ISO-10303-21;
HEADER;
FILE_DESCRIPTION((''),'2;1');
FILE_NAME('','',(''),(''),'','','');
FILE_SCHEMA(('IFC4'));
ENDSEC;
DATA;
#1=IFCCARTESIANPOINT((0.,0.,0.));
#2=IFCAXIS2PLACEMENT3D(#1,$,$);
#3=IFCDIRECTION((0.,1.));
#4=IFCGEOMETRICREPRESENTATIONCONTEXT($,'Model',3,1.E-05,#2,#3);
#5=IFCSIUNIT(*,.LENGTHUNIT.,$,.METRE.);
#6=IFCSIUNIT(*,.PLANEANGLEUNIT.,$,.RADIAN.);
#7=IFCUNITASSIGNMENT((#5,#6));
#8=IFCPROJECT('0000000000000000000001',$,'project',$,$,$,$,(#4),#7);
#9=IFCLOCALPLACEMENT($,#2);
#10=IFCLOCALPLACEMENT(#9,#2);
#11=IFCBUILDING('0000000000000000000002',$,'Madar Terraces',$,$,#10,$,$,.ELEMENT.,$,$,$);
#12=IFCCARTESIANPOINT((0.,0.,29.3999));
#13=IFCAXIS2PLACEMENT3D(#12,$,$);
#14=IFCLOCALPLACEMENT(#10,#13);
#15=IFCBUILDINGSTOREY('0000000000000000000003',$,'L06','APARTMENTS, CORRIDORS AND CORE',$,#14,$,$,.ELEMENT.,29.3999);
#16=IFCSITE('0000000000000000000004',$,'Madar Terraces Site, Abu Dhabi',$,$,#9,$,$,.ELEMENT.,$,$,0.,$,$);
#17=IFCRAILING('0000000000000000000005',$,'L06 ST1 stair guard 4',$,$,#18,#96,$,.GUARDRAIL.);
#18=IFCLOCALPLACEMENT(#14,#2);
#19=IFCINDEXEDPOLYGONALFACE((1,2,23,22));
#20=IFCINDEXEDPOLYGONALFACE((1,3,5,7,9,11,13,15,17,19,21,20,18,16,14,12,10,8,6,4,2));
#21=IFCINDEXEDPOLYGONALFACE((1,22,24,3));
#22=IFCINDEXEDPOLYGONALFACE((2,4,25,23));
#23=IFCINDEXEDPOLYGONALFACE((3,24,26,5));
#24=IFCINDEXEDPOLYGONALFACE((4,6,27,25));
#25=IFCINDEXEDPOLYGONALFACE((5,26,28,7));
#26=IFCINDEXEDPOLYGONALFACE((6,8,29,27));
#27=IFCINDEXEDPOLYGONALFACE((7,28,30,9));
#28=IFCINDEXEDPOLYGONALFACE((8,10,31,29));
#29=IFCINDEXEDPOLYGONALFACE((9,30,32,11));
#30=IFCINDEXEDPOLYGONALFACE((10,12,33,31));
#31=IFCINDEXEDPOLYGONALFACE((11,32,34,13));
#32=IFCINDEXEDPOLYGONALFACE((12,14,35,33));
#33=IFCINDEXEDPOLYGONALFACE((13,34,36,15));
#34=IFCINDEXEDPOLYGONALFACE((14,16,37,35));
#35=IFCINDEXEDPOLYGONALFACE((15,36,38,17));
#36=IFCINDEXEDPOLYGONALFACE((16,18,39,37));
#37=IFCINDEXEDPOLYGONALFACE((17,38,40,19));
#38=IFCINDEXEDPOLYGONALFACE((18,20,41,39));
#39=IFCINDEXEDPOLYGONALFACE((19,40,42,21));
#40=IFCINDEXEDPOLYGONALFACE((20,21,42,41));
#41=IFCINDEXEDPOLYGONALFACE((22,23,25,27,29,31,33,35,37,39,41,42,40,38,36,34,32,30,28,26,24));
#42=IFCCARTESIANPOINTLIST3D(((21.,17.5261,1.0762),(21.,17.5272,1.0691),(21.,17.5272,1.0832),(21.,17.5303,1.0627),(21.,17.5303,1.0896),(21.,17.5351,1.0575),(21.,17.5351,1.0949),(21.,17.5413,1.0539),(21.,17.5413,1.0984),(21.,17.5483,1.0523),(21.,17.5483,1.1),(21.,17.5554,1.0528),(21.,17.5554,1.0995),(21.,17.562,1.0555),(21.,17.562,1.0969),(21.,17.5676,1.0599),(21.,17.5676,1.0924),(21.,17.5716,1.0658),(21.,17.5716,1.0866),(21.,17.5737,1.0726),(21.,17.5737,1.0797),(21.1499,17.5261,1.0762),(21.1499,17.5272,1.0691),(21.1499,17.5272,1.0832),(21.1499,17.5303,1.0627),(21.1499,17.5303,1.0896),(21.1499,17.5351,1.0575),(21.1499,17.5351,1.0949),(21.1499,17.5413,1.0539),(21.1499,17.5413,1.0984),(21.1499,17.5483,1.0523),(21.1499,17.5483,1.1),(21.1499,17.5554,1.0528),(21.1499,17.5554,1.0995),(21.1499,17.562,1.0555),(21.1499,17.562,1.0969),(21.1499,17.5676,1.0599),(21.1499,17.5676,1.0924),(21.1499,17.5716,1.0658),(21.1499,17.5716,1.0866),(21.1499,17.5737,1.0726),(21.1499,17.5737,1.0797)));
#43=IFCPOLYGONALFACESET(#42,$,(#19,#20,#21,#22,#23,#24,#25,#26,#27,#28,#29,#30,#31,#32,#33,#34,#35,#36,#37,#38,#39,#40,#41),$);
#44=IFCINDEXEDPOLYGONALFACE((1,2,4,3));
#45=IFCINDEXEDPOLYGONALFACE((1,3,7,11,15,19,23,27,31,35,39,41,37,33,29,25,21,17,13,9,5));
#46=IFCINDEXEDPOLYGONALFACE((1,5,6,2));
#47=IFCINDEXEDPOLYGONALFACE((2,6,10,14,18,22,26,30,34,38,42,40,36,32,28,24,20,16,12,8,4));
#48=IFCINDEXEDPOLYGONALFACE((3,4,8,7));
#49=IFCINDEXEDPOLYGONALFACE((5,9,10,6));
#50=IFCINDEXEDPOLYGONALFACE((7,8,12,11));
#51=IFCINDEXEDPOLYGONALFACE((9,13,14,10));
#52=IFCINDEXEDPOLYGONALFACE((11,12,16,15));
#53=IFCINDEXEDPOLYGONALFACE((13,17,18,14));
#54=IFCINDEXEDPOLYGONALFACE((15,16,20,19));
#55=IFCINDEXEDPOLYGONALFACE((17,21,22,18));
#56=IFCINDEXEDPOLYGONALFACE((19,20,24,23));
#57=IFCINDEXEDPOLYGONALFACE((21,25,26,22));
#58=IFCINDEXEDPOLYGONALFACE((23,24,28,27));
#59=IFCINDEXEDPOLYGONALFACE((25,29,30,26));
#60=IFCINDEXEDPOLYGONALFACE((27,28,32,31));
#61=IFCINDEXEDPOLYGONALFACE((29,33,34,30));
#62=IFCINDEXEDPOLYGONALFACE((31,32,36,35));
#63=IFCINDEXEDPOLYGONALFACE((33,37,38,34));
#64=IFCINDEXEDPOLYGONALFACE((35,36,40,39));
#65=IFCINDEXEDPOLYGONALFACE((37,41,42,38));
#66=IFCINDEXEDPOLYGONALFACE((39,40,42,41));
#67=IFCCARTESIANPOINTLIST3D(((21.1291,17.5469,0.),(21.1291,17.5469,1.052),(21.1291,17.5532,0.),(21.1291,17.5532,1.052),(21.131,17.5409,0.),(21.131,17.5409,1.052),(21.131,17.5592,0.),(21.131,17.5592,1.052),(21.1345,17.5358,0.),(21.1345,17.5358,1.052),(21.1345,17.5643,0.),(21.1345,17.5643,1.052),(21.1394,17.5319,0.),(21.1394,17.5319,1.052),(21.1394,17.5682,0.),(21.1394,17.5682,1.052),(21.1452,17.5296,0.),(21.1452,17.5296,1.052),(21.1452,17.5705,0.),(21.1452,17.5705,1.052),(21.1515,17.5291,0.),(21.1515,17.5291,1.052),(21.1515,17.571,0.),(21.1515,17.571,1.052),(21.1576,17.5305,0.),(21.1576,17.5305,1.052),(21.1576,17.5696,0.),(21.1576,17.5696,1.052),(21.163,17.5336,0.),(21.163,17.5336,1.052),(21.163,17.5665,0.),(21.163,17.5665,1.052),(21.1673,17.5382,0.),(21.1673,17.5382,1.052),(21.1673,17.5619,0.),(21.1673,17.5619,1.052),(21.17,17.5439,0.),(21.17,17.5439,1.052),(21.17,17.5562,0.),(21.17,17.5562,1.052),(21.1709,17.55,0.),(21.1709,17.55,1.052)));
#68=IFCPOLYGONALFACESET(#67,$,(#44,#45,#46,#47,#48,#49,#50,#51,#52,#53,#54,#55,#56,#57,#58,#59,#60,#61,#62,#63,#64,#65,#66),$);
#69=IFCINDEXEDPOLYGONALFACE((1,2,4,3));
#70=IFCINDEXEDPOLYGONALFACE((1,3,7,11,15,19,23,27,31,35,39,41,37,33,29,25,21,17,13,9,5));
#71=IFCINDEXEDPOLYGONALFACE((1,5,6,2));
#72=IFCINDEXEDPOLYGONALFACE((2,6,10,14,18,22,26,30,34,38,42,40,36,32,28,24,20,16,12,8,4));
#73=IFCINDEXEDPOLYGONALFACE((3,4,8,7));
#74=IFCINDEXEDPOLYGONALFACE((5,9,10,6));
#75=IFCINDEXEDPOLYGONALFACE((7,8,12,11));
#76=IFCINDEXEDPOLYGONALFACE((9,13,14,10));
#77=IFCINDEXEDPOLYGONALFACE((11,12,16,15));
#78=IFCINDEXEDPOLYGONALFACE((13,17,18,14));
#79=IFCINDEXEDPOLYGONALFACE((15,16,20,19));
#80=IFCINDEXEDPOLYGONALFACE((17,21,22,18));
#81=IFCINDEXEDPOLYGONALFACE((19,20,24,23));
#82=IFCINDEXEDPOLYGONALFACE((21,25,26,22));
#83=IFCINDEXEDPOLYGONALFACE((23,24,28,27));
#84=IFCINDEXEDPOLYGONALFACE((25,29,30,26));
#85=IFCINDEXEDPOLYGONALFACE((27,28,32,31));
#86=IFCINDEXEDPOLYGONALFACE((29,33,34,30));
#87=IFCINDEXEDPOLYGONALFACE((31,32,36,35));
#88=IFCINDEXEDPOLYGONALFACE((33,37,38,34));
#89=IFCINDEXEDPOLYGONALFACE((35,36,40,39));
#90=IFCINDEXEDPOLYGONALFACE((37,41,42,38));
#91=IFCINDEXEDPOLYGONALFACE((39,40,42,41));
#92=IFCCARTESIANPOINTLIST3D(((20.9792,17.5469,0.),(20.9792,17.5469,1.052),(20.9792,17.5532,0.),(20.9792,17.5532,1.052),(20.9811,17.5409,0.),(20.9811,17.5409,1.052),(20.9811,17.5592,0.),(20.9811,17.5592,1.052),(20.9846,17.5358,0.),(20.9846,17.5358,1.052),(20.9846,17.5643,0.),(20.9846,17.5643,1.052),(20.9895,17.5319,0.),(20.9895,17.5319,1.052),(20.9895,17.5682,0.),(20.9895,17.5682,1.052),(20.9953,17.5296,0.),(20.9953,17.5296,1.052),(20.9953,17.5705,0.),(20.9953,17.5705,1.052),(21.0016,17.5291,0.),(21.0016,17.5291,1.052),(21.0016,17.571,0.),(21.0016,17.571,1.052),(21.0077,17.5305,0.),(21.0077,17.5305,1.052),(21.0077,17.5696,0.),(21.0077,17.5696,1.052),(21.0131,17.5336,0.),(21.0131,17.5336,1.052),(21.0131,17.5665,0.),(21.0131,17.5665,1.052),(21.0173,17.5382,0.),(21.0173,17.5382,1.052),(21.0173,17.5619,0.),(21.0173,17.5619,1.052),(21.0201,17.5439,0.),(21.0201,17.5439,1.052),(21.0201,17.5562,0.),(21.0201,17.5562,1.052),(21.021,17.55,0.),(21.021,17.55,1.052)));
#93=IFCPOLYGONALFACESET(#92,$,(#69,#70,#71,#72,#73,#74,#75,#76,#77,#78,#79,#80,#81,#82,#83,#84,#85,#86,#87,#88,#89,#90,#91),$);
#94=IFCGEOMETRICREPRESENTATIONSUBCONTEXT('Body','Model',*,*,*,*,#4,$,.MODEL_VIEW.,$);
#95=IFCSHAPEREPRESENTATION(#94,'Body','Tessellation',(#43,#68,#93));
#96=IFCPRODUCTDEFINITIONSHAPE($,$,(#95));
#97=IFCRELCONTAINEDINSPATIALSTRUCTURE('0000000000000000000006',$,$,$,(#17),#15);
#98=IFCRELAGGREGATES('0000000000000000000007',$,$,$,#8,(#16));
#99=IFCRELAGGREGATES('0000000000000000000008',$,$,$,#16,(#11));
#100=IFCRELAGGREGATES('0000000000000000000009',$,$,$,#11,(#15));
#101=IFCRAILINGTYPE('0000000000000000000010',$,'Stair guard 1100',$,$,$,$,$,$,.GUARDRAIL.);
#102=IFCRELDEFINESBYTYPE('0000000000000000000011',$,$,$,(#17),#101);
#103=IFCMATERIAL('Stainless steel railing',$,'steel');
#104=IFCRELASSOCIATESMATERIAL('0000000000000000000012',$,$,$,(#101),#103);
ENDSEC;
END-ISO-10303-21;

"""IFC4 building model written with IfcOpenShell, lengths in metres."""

from ifc_helpers import new_model, si_unit, direction, frame, origin, origin_2d, place, context, subcontext, project, spatial, circle, extrude, material, type_object, element, save


model = new_model("IFC4")

# Units and contexts
model_context = context("Model", 3, precision=1e-05, world=origin(), true_north=direction((0.0, 1.0)))
body_context = subcontext(model_context, "Body", "Model", "MODEL_VIEW")
ifc_project = project(units=[si_unit("LENGTHUNIT", "METRE"), si_unit("PLANEANGLEUNIT", "RADIAN")], contexts=[model_context])

# Site, building, storey
site_placement = place(None, origin())
site = spatial("IfcSite", under=ifc_project, at=site_placement, Name="Madar Terraces Site, Abu Dhabi", CompositionType="ELEMENT", RefElevation=0.0)
building_placement = place(site_placement, origin())
building = spatial("IfcBuilding", under=site, at=building_placement, Name="Madar Terraces", CompositionType="ELEMENT")
storey_placement = place(building_placement, frame((0.0, 0.0, 29.3999)))
storey = spatial("IfcBuildingStorey", under=building, at=storey_placement, Name="L06", Description="APARTMENTS, CORRIDORS AND CORE", CompositionType="ELEMENT", Elevation=29.3999)

# Railing
ifc_material_1 = material(Name="Stainless steel railing", Category="steel")
railing_type_1 = type_object("IfcRailingType", Name="Stair guard 1100", PredefinedType="GUARDRAIL", material=ifc_material_1)
railing_1_placement = place(storey_placement, frame((21.1499, 17.55, 0.0)))
element("IfcRailing", 1, at=railing_1_placement, inside=storey, type_object=railing_type_1, Name="L06 ST1 stair guard 4", PredefinedType="GUARDRAIL", context=body_context, shape_type="SweptSolid", body=[
    extrude(circle(Radius=0.0239, at=origin_2d()), frame((0.0, 0.0, 1.0762), z_axis=(-1.0, 0.0, 0.0), x_axis=(0.0, -1.0, 0.0)), (0.0, 0.0, 1.0), 0.1499),
    extrude(circle(Radius=0.021, at=origin_2d()), origin(), (0.0, 0.0, 1.0), 1.052),
    extrude(circle(Radius=0.021, at=origin_2d()), frame((-0.1499, 0.0, 0.0)), (0.0, 0.0, 1.0), 1.052),
])

save(model, "model.ifc")
